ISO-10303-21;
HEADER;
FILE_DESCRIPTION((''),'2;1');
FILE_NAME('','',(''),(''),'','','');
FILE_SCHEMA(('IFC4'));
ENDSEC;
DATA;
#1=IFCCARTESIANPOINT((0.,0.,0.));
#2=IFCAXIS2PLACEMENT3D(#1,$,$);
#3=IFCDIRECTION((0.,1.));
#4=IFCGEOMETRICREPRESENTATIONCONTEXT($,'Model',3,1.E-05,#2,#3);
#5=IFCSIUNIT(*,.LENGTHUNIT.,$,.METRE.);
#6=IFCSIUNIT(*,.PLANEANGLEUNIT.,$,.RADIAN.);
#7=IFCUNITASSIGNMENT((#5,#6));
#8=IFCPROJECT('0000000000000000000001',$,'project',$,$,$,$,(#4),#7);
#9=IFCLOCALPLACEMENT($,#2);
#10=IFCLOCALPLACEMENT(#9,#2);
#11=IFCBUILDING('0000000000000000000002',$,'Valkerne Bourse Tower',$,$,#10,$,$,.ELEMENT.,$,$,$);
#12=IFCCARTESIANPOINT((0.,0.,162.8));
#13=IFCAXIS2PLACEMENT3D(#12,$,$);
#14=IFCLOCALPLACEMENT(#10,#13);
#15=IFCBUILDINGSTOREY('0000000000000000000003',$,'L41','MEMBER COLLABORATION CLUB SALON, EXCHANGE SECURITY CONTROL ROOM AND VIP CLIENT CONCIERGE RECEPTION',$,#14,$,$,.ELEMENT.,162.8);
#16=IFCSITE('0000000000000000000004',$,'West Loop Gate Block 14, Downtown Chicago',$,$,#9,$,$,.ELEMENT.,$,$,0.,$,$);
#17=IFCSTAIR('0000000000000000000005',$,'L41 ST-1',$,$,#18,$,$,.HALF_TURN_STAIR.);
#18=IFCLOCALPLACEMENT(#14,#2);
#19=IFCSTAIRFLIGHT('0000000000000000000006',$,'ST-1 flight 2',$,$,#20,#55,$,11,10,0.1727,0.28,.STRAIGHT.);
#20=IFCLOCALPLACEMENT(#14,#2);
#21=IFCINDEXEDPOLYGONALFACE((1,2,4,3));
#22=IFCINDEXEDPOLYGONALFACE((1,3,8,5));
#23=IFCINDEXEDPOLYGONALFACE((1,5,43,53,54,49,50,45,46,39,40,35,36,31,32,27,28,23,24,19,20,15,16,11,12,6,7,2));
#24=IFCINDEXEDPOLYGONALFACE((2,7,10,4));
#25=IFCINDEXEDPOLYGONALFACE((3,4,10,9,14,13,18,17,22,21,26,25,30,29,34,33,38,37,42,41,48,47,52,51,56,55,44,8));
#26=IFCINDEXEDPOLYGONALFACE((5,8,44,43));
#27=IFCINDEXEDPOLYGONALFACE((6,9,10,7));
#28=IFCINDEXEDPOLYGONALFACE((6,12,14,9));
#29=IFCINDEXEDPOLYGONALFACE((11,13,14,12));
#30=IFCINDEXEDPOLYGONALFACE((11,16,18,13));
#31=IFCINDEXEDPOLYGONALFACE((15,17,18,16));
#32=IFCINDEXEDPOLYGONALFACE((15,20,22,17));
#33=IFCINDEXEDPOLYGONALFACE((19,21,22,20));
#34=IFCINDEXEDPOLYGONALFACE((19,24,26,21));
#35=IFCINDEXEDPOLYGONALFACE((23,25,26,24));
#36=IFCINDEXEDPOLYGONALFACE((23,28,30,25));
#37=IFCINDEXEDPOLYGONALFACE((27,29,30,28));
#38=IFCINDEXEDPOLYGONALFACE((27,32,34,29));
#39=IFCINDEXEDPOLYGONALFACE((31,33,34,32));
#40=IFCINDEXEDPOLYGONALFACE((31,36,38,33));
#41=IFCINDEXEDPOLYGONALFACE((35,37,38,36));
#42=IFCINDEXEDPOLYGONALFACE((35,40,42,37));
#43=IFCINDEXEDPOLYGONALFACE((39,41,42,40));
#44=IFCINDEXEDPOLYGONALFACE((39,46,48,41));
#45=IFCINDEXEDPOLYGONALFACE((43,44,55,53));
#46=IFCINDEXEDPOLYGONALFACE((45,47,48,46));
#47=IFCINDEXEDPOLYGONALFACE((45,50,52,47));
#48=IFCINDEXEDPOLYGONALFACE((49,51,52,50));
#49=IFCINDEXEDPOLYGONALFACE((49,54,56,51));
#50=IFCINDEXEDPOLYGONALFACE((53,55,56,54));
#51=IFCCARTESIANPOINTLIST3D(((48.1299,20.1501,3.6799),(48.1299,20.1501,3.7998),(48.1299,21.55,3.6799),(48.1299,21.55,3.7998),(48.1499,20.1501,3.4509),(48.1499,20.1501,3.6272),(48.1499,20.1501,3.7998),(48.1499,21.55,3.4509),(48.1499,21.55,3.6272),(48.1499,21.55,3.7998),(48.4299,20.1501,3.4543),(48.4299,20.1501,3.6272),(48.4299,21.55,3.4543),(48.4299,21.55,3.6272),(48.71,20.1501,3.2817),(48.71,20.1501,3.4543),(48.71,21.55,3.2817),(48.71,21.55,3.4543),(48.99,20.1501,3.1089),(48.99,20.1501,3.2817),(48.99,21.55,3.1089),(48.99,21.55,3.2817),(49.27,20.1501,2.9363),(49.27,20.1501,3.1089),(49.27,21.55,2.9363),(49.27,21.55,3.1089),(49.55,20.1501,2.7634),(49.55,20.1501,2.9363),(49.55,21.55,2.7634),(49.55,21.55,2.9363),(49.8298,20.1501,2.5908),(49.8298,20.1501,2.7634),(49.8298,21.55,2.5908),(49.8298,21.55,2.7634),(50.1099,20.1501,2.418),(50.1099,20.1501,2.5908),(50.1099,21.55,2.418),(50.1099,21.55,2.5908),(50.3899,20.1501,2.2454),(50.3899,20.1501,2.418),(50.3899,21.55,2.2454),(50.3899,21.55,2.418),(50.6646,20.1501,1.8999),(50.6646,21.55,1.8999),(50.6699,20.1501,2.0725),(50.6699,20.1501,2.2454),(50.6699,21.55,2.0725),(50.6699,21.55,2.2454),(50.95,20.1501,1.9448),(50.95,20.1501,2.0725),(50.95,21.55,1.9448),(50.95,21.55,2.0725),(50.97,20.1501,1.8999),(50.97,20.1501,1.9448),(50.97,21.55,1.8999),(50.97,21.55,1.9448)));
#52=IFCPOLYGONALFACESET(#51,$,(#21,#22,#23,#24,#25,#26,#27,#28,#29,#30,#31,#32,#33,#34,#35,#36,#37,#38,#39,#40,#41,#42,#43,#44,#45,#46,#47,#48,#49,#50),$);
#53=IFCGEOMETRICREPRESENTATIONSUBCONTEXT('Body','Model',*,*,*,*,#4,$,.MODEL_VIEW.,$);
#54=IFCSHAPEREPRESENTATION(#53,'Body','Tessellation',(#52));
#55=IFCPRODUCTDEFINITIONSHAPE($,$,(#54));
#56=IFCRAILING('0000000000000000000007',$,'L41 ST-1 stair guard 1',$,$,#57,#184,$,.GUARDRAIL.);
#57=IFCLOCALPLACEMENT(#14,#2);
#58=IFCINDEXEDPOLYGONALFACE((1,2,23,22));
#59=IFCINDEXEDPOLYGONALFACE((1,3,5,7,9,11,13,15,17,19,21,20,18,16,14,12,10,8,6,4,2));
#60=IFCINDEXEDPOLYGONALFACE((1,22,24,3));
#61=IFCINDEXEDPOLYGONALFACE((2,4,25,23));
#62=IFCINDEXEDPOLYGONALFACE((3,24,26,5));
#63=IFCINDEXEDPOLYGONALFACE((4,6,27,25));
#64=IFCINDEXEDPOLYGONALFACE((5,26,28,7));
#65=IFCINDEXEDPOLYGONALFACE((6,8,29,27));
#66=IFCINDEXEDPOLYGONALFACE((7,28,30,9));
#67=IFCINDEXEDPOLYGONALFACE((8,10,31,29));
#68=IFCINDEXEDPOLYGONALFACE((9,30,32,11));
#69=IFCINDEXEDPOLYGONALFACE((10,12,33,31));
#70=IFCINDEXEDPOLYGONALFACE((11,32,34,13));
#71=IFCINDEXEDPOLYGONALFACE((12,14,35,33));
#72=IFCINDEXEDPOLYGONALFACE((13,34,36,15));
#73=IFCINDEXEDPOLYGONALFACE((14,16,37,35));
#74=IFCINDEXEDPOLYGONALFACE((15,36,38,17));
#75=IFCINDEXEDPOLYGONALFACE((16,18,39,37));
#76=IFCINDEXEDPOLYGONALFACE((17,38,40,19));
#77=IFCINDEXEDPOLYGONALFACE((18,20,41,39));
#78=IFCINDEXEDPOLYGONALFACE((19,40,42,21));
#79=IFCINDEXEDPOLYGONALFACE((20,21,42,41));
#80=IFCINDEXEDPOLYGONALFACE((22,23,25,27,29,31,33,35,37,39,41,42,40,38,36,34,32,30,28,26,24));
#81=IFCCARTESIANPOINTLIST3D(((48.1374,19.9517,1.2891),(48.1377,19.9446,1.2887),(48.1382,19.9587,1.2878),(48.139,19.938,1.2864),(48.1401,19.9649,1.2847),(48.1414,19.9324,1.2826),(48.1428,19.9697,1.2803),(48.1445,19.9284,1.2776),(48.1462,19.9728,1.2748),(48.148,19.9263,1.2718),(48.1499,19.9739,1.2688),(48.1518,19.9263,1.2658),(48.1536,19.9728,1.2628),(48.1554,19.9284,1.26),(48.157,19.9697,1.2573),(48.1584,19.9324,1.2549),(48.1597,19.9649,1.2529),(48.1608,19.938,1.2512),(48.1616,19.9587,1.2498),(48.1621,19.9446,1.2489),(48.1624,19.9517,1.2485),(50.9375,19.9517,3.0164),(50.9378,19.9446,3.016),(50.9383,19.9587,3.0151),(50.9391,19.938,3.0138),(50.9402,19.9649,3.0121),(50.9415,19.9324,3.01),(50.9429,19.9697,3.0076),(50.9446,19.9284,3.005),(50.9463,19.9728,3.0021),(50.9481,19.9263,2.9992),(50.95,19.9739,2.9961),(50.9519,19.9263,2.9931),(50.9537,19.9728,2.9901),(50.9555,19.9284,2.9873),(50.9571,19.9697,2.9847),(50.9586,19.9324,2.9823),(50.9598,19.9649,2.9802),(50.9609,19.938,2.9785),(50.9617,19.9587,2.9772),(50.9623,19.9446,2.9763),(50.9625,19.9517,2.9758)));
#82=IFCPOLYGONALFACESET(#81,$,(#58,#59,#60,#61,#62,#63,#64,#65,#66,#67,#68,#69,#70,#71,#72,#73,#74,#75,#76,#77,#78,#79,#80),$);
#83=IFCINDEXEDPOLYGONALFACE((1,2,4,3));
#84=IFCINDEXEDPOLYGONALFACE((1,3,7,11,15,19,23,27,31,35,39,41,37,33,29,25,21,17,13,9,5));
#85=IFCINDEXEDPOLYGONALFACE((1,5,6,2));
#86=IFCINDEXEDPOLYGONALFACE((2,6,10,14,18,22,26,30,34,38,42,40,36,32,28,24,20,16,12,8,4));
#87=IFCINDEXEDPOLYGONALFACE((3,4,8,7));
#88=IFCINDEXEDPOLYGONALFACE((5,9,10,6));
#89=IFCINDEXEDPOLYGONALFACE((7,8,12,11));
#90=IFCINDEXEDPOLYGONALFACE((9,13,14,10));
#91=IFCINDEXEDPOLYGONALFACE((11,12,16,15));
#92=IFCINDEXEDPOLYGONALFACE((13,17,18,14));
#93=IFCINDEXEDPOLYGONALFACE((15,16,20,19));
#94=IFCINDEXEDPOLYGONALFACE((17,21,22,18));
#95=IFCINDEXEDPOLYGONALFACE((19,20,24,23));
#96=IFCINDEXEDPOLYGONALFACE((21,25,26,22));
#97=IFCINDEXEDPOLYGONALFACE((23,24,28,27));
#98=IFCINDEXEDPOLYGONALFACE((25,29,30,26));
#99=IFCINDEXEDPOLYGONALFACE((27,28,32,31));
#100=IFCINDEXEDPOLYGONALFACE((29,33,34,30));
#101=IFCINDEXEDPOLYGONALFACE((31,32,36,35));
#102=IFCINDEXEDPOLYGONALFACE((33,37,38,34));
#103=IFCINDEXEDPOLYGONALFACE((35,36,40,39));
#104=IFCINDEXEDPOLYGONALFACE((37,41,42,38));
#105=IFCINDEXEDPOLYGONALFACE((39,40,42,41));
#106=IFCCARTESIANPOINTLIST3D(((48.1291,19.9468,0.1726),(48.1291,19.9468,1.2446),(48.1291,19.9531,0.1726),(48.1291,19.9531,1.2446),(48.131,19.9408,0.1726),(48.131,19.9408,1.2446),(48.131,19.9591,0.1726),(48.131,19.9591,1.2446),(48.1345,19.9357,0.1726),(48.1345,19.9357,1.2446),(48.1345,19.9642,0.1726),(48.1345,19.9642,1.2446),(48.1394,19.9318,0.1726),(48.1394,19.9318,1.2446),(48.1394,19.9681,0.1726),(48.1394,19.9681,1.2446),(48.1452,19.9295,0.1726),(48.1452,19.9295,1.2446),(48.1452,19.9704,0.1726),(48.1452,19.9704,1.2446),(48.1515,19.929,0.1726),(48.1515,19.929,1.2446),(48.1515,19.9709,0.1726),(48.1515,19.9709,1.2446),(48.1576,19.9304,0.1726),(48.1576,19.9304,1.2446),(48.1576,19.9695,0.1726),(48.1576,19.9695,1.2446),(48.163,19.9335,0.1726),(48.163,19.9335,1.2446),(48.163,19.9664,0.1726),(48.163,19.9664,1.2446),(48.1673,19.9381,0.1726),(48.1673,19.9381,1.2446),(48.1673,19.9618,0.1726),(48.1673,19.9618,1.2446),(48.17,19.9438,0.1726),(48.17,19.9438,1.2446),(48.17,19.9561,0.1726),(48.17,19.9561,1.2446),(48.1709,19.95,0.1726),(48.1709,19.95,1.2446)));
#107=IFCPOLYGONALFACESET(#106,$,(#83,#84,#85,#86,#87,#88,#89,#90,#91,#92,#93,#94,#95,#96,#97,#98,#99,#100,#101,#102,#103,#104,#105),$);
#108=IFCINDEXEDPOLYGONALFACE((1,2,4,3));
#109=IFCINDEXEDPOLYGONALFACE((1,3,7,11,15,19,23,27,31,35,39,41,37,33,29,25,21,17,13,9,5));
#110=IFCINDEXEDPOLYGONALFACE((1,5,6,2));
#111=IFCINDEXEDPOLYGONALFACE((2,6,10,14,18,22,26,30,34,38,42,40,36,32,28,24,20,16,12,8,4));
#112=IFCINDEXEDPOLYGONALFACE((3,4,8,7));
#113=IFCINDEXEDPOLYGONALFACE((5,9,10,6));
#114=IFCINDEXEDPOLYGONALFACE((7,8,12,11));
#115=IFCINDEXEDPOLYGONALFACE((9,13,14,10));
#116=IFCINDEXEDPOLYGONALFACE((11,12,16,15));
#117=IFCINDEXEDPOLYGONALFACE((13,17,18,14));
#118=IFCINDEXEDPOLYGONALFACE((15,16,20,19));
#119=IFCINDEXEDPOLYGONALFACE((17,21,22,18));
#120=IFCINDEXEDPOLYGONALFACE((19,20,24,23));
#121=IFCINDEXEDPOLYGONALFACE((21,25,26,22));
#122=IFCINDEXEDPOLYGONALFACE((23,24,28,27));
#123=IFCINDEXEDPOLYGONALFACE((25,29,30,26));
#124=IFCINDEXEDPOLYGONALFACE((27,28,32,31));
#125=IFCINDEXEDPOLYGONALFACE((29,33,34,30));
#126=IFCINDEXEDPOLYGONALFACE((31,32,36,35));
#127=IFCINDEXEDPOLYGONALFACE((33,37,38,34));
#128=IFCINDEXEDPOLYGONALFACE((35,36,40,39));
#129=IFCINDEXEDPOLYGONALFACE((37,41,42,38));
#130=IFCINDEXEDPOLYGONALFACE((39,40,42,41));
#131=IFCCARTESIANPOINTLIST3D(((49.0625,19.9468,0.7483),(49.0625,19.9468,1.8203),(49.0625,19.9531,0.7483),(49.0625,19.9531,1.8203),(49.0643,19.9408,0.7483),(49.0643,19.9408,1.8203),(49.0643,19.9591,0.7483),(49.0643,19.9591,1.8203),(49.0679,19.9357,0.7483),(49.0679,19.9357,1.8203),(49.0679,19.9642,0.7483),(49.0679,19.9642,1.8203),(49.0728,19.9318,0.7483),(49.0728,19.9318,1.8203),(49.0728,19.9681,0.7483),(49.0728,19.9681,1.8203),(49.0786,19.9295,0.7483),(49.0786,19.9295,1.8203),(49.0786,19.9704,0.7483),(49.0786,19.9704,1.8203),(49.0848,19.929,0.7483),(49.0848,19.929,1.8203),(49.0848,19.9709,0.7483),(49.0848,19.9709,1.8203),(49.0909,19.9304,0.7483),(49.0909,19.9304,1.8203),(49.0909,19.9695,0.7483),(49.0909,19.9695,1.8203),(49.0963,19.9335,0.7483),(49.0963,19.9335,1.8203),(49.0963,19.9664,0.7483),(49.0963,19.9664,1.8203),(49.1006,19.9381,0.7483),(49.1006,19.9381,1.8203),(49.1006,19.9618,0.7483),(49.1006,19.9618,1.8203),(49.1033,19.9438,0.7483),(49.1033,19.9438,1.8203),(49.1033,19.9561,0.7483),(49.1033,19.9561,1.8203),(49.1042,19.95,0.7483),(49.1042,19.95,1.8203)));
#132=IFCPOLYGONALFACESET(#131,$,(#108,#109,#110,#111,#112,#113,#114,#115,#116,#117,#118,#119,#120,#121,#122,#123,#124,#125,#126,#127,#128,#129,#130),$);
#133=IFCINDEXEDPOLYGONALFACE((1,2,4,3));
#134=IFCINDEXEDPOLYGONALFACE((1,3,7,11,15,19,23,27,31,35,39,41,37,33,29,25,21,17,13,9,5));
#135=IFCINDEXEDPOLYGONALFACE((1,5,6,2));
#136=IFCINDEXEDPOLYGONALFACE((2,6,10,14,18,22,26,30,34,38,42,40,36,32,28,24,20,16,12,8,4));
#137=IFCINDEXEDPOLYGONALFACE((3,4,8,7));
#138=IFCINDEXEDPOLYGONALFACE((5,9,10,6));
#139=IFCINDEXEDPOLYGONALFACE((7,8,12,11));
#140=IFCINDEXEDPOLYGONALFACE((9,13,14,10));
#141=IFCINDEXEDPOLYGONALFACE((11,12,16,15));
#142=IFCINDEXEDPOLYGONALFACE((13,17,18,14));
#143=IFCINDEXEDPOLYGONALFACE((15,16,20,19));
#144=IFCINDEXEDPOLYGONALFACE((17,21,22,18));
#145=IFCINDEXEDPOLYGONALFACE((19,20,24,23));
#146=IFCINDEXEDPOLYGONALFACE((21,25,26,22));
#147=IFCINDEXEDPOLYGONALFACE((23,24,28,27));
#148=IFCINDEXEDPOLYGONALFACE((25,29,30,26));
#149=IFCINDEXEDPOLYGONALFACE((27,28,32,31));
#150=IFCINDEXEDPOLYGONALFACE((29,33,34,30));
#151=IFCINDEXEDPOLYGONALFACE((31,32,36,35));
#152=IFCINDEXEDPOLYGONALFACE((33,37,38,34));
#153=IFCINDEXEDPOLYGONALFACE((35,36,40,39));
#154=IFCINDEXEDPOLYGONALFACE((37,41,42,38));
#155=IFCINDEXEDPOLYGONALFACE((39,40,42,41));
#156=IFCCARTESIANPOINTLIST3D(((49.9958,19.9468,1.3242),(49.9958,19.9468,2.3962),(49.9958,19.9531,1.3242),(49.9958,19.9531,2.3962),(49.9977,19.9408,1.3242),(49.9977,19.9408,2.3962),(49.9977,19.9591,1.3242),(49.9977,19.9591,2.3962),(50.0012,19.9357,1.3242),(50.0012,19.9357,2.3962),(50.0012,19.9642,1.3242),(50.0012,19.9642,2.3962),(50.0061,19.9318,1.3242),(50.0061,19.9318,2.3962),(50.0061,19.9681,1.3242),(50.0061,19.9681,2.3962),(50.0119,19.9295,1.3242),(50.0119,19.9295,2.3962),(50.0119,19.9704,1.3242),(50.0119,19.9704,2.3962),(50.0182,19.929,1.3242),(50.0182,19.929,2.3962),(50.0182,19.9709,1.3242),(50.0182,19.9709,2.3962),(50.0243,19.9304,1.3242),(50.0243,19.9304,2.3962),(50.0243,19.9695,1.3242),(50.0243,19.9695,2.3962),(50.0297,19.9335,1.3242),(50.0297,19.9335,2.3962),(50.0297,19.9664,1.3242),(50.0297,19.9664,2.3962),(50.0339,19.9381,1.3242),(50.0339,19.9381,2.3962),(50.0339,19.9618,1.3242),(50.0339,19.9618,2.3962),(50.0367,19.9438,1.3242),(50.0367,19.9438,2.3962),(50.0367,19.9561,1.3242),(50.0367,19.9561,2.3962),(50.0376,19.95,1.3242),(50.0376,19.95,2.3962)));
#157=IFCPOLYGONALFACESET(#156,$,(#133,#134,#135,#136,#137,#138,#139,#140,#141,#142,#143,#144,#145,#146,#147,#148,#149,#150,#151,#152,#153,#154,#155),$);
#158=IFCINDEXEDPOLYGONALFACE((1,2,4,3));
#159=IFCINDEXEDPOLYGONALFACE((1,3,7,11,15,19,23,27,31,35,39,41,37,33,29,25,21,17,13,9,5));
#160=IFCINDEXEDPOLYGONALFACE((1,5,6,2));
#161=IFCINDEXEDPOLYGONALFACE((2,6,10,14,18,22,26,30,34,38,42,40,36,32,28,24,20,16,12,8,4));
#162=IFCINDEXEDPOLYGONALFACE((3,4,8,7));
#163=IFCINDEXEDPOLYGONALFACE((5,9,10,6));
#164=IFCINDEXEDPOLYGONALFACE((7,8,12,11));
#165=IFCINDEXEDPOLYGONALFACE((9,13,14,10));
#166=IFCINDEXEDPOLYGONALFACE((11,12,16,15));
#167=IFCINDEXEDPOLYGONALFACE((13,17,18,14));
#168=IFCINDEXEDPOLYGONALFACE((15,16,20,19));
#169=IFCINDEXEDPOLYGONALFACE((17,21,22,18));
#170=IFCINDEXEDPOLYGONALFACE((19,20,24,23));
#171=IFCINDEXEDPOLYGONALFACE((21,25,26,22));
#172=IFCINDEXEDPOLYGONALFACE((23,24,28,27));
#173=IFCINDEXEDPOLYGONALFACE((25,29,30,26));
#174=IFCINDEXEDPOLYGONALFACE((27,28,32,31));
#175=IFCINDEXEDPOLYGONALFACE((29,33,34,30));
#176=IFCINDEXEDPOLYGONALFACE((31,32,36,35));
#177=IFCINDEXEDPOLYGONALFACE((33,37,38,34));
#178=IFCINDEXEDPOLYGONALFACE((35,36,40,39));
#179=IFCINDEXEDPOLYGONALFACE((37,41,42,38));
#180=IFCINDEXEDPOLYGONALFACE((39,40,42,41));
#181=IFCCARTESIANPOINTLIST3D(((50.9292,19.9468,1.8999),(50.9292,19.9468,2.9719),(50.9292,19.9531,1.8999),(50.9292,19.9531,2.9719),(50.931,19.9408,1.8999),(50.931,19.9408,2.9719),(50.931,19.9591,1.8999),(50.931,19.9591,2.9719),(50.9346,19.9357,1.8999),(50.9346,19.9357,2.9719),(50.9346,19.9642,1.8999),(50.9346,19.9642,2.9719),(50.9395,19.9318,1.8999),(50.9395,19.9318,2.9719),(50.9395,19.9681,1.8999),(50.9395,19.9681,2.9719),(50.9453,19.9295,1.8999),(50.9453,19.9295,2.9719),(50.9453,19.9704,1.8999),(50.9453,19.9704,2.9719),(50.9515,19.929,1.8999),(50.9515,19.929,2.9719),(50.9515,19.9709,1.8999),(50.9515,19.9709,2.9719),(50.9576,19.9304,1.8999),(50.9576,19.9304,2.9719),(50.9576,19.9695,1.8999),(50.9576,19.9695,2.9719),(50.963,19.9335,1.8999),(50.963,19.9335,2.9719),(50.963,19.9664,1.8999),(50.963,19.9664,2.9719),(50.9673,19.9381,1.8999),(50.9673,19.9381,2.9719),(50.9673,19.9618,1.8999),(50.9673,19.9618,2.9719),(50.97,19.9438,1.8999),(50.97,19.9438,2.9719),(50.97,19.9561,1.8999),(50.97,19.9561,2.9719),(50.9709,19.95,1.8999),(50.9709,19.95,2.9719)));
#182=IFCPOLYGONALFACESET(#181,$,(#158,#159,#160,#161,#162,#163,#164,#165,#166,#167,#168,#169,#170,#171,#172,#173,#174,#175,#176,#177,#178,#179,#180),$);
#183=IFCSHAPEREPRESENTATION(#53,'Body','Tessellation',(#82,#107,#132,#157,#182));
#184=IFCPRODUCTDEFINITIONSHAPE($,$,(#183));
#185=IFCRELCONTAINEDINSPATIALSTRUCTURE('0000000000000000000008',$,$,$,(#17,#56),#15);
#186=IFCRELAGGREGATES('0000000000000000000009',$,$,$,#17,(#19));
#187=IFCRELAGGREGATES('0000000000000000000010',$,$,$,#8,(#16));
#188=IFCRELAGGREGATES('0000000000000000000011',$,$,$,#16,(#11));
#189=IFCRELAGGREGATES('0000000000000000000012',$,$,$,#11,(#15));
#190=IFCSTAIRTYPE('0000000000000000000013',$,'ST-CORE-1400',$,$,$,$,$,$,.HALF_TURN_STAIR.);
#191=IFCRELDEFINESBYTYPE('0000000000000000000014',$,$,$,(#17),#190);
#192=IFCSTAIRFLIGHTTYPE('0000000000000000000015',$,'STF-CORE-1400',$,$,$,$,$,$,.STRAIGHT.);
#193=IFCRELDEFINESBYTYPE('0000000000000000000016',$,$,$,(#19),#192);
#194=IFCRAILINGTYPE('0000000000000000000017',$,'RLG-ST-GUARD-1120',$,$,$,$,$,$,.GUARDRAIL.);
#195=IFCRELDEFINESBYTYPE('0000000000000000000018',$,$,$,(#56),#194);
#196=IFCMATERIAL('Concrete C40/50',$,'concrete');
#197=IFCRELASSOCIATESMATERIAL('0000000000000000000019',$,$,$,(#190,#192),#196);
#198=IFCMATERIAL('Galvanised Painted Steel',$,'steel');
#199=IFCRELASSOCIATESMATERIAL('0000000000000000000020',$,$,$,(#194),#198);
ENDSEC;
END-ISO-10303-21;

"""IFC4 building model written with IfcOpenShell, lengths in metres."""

from ifc_helpers import new_model, si_unit, direction, frame, origin, origin_2d, place, context, subcontext, project, spatial, polyline, circle, outline, extrude, material, type_object, element, aggregate, save


model = new_model("IFC4")

# Units and contexts
model_context = context("Model", 3, precision=1e-05, world=origin(), true_north=direction((0.0, 1.0)))
body_context = subcontext(model_context, "Body", "Model", "MODEL_VIEW")
ifc_project = project(units=[si_unit("LENGTHUNIT", "METRE"), si_unit("PLANEANGLEUNIT", "RADIAN")], contexts=[model_context])

# Site, building, storey
site_placement = place(None, origin())
site = spatial("IfcSite", under=ifc_project, at=site_placement, Name="West Loop Gate Block 14, Downtown Chicago", CompositionType="ELEMENT", RefElevation=0.0)
building_placement = place(site_placement, origin())
building = spatial("IfcBuilding", under=site, at=building_placement, Name="Valkerne Bourse Tower", CompositionType="ELEMENT")
storey_placement = place(building_placement, frame((0.0, 0.0, 162.8)))
storey = spatial("IfcBuildingStorey", under=building, at=storey_placement, Name="L41", Description="MEMBER COLLABORATION CLUB SALON, EXCHANGE SECURITY CONTROL ROOM AND VIP CLIENT CONCIERGE RECEPTION", CompositionType="ELEMENT", Elevation=162.8)

# Shared definitions
ifc_material_1 = material(Name="Galvanised Painted Steel", Category="steel")

# Shared definitions
ifc_material_2 = material(Name="Concrete C40/50", Category="concrete")

# Stair, stair flight
stair_type = type_object("IfcStairType", Name="ST-CORE-1400", PredefinedType="HALF_TURN_STAIR", material=ifc_material_2)
stair_placement = place(storey_placement, origin())
stair = element("IfcStair", 1, at=stair_placement, inside=storey, type_object=stair_type, Name="L41 ST-1", PredefinedType="HALF_TURN_STAIR")
stair_flight_type = type_object("IfcStairFlightType", Name="STF-CORE-1400", PredefinedType="STRAIGHT", material=ifc_material_2)
stair_flight_1_placement = place(storey_placement, frame((50.95, 20.8501, 1.8999), z_axis=(0.0, 0.0, 1.0), x_axis=(-1.0, 0.0, 0.0)))
stair_flight_1 = element("IfcStairFlight", 2, at=stair_flight_1_placement, type_object=stair_flight_type, Name="ST-1 flight 2", NumberOfRisers=11, NumberOfTreads=10, PredefinedType="STRAIGHT", RiserHeight=0.1727, TreadLength=0.28, context=body_context, shape_type="SweptSolid", body=[
    extrude(outline(polyline([(-0.02, 0.0), (-0.02, 0.0449), (0.0, 0.0449), (0.0, 0.1726), (0.28, 0.1726), (0.28, 0.3455), (0.5601, 0.3455), (0.5601, 0.5181), (0.8401, 0.5181), (0.8401, 0.6909), (1.1201, 0.6909), (1.1201, 0.8635), (1.3999, 0.8635), (1.3999, 1.0364), (1.6799, 1.0364), (1.6799, 1.209), (1.96, 1.209), (1.96, 1.3818), (2.24, 1.3818), (2.24, 1.5544), (2.52, 1.5544), (2.52, 1.7273), (2.8, 1.7273), (2.8, 1.8999), (2.8201, 1.8999), (2.8201, 1.78), (2.8, 1.551), (0.2854, 0.0), (-0.02, 0.0)])), frame((0.0, 0.7, 0.0), z_axis=(0.0, -1.0, 0.0), x_axis=(1.0, 0.0, 0.0)), (0.0, 0.0, 1.0), 1.3999),
])
aggregate(stair, [stair_flight_1])

# Railing
railing_type_1 = type_object("IfcRailingType", Name="RLG-ST-GUARD-1120", PredefinedType="GUARDRAIL", material=ifc_material_1)
railing_1_placement = place(storey_placement, frame((48.1499, 19.95, 0.1726)))
element("IfcRailing", 3, at=railing_1_placement, inside=storey, type_object=railing_type_1, Name="L41 ST-1 stair guard 1", PredefinedType="GUARDRAIL", context=body_context, shape_type="SweptSolid", body=[
    extrude(circle(Radius=0.0239, at=origin_2d()), frame((0.0, 0.0, 1.0962), z_axis=(0.85109, 0.0, 0.52502), x_axis=(0.0, 1.0, 0.0)), (0.0, 0.0, 1.0), 3.29),
    extrude(circle(Radius=0.021, at=origin_2d()), origin(), (0.0, 0.0, 1.0), 1.072),
    extrude(circle(Radius=0.021, at=origin_2d()), frame((0.9333, 0.0, 0.5757)), (0.0, 0.0, 1.0), 1.072),
    extrude(circle(Radius=0.021, at=origin_2d()), frame((1.8667, 0.0, 1.1516)), (0.0, 0.0, 1.0), 1.072),
    extrude(circle(Radius=0.021, at=origin_2d()), frame((2.8, 0.0, 1.7273)), (0.0, 0.0, 1.0), 1.072),
])

save(model, "model.ifc")
